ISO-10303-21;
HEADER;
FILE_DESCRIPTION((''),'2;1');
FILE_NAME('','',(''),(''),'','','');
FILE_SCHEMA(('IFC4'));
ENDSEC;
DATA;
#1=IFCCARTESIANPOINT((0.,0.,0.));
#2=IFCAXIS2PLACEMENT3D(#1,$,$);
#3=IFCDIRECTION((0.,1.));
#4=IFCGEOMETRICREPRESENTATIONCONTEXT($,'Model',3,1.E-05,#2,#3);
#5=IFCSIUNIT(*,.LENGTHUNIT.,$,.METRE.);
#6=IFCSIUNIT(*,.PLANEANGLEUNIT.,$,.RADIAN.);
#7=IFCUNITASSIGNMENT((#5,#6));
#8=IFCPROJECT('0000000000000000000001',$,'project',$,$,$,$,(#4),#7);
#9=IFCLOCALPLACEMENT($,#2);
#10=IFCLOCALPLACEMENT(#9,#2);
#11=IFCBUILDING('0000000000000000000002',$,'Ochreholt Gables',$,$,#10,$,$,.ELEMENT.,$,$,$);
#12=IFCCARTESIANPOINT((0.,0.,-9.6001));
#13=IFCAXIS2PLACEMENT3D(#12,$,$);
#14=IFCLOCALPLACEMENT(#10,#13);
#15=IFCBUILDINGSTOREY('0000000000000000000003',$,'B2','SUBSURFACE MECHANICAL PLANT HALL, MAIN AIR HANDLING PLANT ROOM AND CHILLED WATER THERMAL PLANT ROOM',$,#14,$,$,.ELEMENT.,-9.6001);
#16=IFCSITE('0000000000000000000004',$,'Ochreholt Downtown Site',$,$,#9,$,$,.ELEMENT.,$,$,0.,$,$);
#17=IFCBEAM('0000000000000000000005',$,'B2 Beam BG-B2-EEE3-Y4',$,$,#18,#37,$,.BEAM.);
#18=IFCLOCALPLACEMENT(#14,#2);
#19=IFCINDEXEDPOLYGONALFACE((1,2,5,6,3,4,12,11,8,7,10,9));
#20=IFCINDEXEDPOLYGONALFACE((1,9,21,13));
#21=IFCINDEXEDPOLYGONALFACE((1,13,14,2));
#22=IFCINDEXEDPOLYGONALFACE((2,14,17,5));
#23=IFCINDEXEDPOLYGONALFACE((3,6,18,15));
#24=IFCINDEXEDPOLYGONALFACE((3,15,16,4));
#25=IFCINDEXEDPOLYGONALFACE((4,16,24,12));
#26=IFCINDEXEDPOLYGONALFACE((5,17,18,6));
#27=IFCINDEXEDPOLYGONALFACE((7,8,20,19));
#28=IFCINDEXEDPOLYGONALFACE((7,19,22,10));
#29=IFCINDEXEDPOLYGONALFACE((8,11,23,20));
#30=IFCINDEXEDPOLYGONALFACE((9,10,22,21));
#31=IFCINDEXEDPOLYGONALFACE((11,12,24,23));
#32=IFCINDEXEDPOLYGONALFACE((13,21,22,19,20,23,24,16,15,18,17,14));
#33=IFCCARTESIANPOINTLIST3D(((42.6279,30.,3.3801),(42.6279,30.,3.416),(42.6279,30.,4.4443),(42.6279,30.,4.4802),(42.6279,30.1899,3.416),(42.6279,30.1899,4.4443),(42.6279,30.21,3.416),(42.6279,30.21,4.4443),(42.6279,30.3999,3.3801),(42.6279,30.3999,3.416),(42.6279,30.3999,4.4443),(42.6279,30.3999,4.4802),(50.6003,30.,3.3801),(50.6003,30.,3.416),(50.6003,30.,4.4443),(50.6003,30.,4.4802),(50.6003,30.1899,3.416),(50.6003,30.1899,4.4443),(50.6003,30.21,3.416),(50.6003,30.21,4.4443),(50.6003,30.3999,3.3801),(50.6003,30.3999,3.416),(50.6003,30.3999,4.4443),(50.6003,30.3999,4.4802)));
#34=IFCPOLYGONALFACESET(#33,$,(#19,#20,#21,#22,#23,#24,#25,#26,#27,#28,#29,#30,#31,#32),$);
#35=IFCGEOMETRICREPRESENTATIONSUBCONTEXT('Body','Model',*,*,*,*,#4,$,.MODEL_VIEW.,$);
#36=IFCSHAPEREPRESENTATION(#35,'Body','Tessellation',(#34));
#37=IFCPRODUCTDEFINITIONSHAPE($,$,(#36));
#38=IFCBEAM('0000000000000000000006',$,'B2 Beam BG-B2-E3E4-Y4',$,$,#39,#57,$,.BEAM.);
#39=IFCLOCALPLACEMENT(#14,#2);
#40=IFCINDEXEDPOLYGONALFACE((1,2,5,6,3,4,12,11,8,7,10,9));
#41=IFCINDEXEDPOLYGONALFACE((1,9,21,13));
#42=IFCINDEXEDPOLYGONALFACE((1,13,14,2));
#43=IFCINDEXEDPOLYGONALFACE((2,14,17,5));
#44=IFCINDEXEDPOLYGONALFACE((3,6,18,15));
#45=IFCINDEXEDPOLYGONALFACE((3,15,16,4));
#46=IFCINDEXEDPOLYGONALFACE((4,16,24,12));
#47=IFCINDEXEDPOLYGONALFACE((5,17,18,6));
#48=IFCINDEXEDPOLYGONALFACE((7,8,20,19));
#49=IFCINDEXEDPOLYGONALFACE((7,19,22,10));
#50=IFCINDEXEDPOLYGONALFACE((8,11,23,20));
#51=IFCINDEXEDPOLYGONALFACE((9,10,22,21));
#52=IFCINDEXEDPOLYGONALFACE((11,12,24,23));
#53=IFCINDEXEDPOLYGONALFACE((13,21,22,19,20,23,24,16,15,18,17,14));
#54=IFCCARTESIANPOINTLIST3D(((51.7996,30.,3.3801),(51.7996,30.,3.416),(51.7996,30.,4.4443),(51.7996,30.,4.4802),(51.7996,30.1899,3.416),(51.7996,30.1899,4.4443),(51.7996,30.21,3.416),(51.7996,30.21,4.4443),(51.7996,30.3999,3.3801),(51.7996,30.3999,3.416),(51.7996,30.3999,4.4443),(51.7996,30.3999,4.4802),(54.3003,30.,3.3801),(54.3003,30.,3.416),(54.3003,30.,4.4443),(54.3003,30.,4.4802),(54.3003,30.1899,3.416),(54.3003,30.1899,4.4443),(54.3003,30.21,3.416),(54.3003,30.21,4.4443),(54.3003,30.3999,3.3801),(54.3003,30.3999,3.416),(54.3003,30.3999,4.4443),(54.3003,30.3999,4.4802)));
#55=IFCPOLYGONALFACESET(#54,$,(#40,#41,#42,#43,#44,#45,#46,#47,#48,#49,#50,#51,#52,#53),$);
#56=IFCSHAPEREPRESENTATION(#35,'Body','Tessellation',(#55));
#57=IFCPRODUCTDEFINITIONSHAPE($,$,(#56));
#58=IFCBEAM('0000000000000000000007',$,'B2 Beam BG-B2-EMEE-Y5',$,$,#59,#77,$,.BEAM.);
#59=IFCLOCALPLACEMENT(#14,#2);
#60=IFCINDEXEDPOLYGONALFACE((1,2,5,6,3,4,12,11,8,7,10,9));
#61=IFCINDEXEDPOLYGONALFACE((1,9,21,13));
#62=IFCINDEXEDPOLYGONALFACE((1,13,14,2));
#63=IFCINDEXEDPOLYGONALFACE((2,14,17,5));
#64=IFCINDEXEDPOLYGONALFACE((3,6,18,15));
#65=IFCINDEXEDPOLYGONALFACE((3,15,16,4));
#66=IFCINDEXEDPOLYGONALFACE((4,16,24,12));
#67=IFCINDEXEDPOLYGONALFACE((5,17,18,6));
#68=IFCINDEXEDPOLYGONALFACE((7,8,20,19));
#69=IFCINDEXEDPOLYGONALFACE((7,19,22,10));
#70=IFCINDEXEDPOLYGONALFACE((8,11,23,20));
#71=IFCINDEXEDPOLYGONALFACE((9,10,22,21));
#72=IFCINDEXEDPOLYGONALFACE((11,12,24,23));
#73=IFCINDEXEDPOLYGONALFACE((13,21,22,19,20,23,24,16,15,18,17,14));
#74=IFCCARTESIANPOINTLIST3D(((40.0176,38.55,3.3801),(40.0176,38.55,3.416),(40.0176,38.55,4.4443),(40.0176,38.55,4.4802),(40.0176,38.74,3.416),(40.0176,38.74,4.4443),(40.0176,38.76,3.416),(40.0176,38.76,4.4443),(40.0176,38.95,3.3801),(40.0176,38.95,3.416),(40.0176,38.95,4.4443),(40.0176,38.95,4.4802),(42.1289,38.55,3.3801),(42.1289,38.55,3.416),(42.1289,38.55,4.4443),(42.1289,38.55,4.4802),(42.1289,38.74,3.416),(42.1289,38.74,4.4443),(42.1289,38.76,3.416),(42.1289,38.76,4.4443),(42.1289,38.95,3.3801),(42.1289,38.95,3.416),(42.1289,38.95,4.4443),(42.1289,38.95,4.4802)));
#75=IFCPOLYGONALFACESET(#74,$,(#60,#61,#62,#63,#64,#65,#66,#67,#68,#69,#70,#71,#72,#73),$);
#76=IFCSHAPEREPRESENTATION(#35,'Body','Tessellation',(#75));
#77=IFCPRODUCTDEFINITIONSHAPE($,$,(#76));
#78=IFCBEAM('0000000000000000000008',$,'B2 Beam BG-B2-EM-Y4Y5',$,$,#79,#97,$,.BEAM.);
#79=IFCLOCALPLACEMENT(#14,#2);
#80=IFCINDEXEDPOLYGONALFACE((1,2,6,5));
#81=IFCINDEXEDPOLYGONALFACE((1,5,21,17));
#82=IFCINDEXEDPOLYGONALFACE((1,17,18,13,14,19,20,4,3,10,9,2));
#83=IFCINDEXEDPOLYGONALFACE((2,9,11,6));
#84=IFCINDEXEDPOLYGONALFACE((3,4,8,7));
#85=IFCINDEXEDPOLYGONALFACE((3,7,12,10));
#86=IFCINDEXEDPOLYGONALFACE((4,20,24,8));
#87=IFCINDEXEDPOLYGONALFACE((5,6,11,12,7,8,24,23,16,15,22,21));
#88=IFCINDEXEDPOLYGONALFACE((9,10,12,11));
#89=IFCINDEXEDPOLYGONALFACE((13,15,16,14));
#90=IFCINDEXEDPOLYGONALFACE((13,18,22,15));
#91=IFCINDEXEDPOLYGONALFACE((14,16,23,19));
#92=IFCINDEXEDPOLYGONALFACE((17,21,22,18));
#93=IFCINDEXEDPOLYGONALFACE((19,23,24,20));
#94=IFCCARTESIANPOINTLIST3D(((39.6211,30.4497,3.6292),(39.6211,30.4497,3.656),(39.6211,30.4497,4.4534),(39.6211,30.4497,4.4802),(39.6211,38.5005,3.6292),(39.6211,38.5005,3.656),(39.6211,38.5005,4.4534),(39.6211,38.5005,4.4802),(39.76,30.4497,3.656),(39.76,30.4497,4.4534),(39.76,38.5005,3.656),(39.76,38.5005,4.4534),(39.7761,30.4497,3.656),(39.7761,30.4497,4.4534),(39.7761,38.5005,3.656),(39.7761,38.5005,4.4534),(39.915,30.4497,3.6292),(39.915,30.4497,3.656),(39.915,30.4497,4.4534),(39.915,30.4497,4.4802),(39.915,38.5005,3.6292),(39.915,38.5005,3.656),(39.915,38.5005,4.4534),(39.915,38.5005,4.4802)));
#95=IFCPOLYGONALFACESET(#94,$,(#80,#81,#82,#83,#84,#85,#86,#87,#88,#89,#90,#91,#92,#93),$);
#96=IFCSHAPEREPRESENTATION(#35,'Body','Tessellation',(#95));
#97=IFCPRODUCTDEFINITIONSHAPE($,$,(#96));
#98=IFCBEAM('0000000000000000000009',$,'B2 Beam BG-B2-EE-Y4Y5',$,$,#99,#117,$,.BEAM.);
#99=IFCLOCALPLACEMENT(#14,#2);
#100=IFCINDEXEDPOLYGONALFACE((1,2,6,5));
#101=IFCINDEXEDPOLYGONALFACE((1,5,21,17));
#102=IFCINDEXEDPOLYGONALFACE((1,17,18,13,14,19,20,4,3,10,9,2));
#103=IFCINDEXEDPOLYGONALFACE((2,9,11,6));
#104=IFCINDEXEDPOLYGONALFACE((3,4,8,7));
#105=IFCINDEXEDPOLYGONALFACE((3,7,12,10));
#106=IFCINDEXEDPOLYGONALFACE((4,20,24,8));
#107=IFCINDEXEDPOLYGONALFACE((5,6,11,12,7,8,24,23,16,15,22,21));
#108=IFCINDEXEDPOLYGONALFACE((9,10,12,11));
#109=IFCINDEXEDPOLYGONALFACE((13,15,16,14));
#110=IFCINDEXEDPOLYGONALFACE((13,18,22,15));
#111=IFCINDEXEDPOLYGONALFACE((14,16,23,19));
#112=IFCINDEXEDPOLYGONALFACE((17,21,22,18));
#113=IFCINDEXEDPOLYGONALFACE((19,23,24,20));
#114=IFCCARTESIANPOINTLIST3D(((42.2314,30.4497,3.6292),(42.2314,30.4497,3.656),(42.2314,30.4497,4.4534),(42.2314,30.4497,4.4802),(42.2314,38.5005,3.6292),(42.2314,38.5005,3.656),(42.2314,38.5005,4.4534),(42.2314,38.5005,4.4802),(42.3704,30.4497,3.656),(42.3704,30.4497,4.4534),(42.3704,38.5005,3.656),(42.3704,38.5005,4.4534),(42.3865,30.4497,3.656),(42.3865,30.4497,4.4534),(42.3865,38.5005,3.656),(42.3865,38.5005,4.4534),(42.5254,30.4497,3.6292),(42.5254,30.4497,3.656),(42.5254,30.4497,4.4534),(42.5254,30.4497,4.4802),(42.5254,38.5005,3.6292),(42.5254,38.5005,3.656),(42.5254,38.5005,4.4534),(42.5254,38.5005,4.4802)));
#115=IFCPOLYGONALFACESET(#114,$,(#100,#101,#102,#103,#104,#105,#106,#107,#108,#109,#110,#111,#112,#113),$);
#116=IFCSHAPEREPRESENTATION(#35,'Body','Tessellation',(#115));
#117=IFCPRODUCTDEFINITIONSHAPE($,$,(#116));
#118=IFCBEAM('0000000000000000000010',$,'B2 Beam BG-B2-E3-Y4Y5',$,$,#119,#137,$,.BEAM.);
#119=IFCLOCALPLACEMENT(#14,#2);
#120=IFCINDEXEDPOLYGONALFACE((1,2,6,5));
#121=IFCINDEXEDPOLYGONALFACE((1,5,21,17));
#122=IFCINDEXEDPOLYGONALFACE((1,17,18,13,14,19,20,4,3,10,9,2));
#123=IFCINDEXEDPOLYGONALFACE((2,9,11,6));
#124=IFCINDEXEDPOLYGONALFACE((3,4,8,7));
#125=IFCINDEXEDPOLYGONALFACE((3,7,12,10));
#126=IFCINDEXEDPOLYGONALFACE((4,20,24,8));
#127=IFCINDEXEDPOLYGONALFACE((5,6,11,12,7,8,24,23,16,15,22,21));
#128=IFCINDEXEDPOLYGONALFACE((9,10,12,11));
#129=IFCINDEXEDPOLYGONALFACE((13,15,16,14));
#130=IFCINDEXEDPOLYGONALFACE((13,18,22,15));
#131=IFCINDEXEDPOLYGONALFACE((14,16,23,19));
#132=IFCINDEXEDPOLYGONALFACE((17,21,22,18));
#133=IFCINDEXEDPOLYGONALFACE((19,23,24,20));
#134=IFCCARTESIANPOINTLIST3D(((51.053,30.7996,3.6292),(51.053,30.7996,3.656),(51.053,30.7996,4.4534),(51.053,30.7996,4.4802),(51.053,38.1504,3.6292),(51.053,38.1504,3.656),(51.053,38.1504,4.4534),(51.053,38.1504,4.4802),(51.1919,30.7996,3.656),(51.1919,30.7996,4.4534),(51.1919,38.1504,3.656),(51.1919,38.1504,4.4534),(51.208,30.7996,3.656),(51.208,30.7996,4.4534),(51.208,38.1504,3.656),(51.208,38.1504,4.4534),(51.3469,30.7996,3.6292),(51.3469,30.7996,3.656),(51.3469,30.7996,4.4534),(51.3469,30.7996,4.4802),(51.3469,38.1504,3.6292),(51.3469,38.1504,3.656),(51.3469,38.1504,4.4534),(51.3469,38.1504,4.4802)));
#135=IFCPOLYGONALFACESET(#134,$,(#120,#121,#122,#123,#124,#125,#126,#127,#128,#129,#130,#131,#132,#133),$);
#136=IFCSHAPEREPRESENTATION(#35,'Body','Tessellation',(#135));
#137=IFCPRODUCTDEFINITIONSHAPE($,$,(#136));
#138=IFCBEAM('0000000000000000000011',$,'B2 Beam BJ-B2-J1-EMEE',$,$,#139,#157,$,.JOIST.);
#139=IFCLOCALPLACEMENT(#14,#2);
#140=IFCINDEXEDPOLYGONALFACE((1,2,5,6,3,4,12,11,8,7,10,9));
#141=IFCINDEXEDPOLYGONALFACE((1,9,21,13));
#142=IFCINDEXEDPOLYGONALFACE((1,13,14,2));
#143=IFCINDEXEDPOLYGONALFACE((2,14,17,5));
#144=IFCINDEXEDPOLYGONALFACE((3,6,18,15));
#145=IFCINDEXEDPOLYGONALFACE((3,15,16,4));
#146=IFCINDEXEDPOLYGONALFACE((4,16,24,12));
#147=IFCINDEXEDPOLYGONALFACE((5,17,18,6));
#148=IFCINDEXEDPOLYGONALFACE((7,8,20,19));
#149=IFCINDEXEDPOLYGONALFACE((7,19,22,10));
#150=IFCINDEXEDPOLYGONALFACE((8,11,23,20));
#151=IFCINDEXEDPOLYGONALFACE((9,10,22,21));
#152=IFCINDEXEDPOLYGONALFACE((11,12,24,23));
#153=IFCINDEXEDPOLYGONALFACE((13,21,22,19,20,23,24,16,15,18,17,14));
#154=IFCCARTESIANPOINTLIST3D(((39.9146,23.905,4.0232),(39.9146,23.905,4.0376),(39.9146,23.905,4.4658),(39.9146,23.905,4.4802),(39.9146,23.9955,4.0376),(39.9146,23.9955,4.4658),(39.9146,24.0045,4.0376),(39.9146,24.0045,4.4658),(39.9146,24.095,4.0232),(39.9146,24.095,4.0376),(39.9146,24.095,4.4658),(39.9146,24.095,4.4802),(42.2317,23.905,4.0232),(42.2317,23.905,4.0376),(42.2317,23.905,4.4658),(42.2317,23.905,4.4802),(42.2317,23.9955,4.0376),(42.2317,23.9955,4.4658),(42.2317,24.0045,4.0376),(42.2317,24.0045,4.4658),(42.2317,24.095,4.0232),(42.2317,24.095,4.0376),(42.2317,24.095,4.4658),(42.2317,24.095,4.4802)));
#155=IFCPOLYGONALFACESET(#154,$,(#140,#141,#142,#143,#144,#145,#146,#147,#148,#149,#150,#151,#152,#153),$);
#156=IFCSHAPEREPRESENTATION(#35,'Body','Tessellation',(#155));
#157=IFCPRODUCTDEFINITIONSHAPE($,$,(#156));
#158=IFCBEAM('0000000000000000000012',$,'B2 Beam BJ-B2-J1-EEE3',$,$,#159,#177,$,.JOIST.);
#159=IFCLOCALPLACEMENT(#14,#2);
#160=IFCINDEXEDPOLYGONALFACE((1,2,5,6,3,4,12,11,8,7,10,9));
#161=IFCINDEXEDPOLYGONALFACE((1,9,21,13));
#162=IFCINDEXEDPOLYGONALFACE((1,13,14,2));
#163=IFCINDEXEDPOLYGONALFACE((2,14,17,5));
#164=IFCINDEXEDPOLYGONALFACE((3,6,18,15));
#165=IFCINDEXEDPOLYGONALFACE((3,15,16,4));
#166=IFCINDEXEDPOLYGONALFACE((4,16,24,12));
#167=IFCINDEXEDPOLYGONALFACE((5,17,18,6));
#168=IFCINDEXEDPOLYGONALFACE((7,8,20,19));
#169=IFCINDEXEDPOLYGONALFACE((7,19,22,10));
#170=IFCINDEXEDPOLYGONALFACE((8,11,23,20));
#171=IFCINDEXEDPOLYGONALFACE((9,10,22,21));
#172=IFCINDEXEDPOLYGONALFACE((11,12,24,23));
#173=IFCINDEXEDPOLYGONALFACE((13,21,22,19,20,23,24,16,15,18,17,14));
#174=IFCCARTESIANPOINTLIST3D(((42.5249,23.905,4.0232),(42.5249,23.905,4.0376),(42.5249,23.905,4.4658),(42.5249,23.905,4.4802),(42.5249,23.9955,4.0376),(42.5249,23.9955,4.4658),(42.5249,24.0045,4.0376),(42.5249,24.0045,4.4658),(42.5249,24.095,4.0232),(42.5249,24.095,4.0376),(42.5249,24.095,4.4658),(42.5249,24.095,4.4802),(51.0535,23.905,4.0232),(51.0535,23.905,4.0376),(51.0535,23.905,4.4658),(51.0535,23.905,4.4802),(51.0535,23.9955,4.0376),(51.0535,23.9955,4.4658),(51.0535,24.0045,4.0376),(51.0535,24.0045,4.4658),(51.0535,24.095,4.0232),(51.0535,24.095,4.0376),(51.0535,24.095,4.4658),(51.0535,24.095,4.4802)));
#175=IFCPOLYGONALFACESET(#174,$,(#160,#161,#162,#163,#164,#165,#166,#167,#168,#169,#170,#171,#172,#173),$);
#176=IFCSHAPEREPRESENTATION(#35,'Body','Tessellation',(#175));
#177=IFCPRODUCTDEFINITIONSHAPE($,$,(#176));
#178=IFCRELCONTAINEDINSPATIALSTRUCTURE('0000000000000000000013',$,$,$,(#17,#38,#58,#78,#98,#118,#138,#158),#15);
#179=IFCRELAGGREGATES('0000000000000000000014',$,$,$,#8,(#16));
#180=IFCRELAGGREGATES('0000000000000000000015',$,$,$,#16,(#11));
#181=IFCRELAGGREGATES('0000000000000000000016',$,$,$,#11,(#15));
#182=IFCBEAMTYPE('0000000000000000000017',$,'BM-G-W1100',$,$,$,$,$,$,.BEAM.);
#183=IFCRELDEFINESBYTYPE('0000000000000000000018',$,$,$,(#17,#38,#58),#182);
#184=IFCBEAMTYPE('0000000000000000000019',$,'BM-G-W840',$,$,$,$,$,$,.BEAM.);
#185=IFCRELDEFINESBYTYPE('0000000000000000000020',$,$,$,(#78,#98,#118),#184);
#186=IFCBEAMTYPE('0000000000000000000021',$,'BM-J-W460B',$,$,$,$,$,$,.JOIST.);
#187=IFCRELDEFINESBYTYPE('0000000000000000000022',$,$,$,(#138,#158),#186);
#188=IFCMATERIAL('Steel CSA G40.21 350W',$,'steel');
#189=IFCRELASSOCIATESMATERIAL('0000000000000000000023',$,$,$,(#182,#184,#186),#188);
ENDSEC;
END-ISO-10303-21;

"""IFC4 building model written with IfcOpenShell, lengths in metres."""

from ifc_helpers import new_model, si_unit, direction, frame, origin, origin_2d, place, context, subcontext, project, spatial, i_section, extrude, material, material_profile, profile_set, type_object, element, save


model = new_model("IFC4")

# Units and contexts
model_context = context("Model", 3, precision=1e-05, world=origin(), true_north=direction((0.0, 1.0)))
body_context = subcontext(model_context, "Body", "Model", "MODEL_VIEW")
ifc_project = project(units=[si_unit("LENGTHUNIT", "METRE"), si_unit("PLANEANGLEUNIT", "RADIAN")], contexts=[model_context])

# Site, building, storey
site_placement = place(None, origin())
site = spatial("IfcSite", under=ifc_project, at=site_placement, Name="Ochreholt Downtown Site", CompositionType="ELEMENT", RefElevation=0.0)
building_placement = place(site_placement, origin())
building = spatial("IfcBuilding", under=site, at=building_placement, Name="Ochreholt Gables", CompositionType="ELEMENT")
storey_placement = place(building_placement, frame((0.0, 0.0, -9.6001)))
storey = spatial("IfcBuildingStorey", under=building, at=storey_placement, Name="B2", Description="SUBSURFACE MECHANICAL PLANT HALL, MAIN AIR HANDLING PLANT ROOM AND CHILLED WATER THERMAL PLANT ROOM", CompositionType="ELEMENT", Elevation=-9.6001)

# Shared definitions
ifc_material_1 = material(Name="Steel CSA G40.21 350W", Category="steel")

# Beams
ifc_material_profile_1 = material_profile(ifc_material_1, i_section(OverallWidth=0.3999, OverallDepth=1.1001, WebThickness=0.02, FlangeThickness=0.0359, at=origin_2d()), Name="W1100X390")
ifc_profile_set_1 = profile_set([ifc_material_profile_1], Name="Steel CSA G40.21 350W")
beam_type_1 = type_object("IfcBeamType", Name="BM-G-W1100", PredefinedType="BEAM", material=ifc_profile_set_1)
beam_1_placement = place(storey_placement, frame((42.6279, 30.2, 3.9302), z_axis=(1.0, 0.0, 0.0), x_axis=(0.0, 1.0, 0.0)))
element("IfcBeam", 1, at=beam_1_placement, inside=storey, type_object=beam_type_1, Name="B2 Beam BG-B2-EEE3-Y4", PredefinedType="BEAM", context=body_context, shape_type="SweptSolid", body=[
    extrude(i_section(OverallWidth=0.3999, OverallDepth=1.1001, WebThickness=0.02, FlangeThickness=0.0359, at=origin_2d()), origin(), (0.0, 0.0, 1.0), 7.9724),
])
beam_2_placement = place(storey_placement, frame((51.7996, 30.2, 3.9302), z_axis=(1.0, 0.0, 0.0), x_axis=(0.0, 1.0, 0.0)))
element("IfcBeam", 2, at=beam_2_placement, inside=storey, type_object=beam_type_1, Name="B2 Beam BG-B2-E3E4-Y4", PredefinedType="BEAM", context=body_context, shape_type="SweptSolid", body=[
    extrude(i_section(OverallWidth=0.3999, OverallDepth=1.1001, WebThickness=0.02, FlangeThickness=0.0359, at=origin_2d()), origin(), (0.0, 0.0, 1.0), 2.5007),
])
beam_3_placement = place(storey_placement, frame((40.0176, 38.75, 3.9302), z_axis=(1.0, 0.0, 0.0), x_axis=(0.0, 1.0, 0.0)))
element("IfcBeam", 3, at=beam_3_placement, inside=storey, type_object=beam_type_1, Name="B2 Beam BG-B2-EMEE-Y5", PredefinedType="BEAM", context=body_context, shape_type="SweptSolid", body=[
    extrude(i_section(OverallWidth=0.3999, OverallDepth=1.1001, WebThickness=0.02, FlangeThickness=0.0359, at=origin_2d()), origin(), (0.0, 0.0, 1.0), 2.1113),
])
ifc_material_profile_2 = material_profile(ifc_material_1, i_section(OverallWidth=0.2939, OverallDepth=0.8511, WebThickness=0.0161, FlangeThickness=0.0269, at=origin_2d()), Name="W840X226")
ifc_profile_set_2 = profile_set([ifc_material_profile_2], Name="Steel CSA G40.21 350W")
beam_type_2 = type_object("IfcBeamType", Name="BM-G-W840", PredefinedType="BEAM", material=ifc_profile_set_2)
for number, where, z_axis, x_axis, name in (
    (4, (39.7681, 30.4497, 4.0547), (0.0, 1.0, 0.0), (-1.0, 0.0, 0.0), "B2 Beam BG-B2-EM-Y4Y5"),
    (5, (42.3784, 30.4497, 4.0547), (0.0, 1.0, 0.0), (-1.0, 0.0, 0.0), "B2 Beam BG-B2-EE-Y4Y5"),
):
    element("IfcBeam", number, at=place(storey_placement, frame(where, z_axis=z_axis, x_axis=x_axis)), inside=storey, type_object=beam_type_2, Name=name, PredefinedType="BEAM", context=body_context, shape_type="SweptSolid", body=[
        extrude(i_section(OverallWidth=0.2939, OverallDepth=0.8511, WebThickness=0.0161, FlangeThickness=0.0269, at=origin_2d()), origin(), (0.0, 0.0, 1.0), 8.0508),
    ])
beam_4_placement = place(storey_placement, frame((51.2, 30.7996, 4.0547), z_axis=(0.0, 1.0, 0.0), x_axis=(-1.0, 0.0, 0.0)))
element("IfcBeam", 6, at=beam_4_placement, inside=storey, type_object=beam_type_2, Name="B2 Beam BG-B2-E3-Y4Y5", PredefinedType="BEAM", context=body_context, shape_type="SweptSolid", body=[
    extrude(i_section(OverallWidth=0.2939, OverallDepth=0.8511, WebThickness=0.0161, FlangeThickness=0.0269, at=origin_2d()), origin(), (0.0, 0.0, 1.0), 7.3508),
])
ifc_material_profile_3 = material_profile(ifc_material_1, i_section(OverallWidth=0.1899, OverallDepth=0.457, WebThickness=0.009, FlangeThickness=0.0144, at=origin_2d()), Name="W460X74")
ifc_profile_set_3 = profile_set([ifc_material_profile_3], Name="Steel CSA G40.21 350W")
beam_type_3 = type_object("IfcBeamType", Name="BM-J-W460B", PredefinedType="JOIST", material=ifc_profile_set_3)
beam_5_placement = place(storey_placement, frame((39.9146, 24.0, 4.2517), z_axis=(1.0, 0.0, 0.0), x_axis=(0.0, 1.0, 0.0)))
element("IfcBeam", 7, at=beam_5_placement, inside=storey, type_object=beam_type_3, Name="B2 Beam BJ-B2-J1-EMEE", PredefinedType="JOIST", context=body_context, shape_type="SweptSolid", body=[
    extrude(i_section(OverallWidth=0.1899, OverallDepth=0.457, WebThickness=0.009, FlangeThickness=0.0144, at=origin_2d()), origin(), (0.0, 0.0, 1.0), 2.3171),
])
beam_6_placement = place(storey_placement, frame((42.5249, 24.0, 4.2517), z_axis=(1.0, 0.0, 0.0), x_axis=(0.0, 1.0, 0.0)))
element("IfcBeam", 8, at=beam_6_placement, inside=storey, type_object=beam_type_3, Name="B2 Beam BJ-B2-J1-EEE3", PredefinedType="JOIST", context=body_context, shape_type="SweptSolid", body=[
    extrude(i_section(OverallWidth=0.1899, OverallDepth=0.457, WebThickness=0.009, FlangeThickness=0.0144, at=origin_2d()), origin(), (0.0, 0.0, 1.0), 8.5286),
])

save(model, "model.ifc")
